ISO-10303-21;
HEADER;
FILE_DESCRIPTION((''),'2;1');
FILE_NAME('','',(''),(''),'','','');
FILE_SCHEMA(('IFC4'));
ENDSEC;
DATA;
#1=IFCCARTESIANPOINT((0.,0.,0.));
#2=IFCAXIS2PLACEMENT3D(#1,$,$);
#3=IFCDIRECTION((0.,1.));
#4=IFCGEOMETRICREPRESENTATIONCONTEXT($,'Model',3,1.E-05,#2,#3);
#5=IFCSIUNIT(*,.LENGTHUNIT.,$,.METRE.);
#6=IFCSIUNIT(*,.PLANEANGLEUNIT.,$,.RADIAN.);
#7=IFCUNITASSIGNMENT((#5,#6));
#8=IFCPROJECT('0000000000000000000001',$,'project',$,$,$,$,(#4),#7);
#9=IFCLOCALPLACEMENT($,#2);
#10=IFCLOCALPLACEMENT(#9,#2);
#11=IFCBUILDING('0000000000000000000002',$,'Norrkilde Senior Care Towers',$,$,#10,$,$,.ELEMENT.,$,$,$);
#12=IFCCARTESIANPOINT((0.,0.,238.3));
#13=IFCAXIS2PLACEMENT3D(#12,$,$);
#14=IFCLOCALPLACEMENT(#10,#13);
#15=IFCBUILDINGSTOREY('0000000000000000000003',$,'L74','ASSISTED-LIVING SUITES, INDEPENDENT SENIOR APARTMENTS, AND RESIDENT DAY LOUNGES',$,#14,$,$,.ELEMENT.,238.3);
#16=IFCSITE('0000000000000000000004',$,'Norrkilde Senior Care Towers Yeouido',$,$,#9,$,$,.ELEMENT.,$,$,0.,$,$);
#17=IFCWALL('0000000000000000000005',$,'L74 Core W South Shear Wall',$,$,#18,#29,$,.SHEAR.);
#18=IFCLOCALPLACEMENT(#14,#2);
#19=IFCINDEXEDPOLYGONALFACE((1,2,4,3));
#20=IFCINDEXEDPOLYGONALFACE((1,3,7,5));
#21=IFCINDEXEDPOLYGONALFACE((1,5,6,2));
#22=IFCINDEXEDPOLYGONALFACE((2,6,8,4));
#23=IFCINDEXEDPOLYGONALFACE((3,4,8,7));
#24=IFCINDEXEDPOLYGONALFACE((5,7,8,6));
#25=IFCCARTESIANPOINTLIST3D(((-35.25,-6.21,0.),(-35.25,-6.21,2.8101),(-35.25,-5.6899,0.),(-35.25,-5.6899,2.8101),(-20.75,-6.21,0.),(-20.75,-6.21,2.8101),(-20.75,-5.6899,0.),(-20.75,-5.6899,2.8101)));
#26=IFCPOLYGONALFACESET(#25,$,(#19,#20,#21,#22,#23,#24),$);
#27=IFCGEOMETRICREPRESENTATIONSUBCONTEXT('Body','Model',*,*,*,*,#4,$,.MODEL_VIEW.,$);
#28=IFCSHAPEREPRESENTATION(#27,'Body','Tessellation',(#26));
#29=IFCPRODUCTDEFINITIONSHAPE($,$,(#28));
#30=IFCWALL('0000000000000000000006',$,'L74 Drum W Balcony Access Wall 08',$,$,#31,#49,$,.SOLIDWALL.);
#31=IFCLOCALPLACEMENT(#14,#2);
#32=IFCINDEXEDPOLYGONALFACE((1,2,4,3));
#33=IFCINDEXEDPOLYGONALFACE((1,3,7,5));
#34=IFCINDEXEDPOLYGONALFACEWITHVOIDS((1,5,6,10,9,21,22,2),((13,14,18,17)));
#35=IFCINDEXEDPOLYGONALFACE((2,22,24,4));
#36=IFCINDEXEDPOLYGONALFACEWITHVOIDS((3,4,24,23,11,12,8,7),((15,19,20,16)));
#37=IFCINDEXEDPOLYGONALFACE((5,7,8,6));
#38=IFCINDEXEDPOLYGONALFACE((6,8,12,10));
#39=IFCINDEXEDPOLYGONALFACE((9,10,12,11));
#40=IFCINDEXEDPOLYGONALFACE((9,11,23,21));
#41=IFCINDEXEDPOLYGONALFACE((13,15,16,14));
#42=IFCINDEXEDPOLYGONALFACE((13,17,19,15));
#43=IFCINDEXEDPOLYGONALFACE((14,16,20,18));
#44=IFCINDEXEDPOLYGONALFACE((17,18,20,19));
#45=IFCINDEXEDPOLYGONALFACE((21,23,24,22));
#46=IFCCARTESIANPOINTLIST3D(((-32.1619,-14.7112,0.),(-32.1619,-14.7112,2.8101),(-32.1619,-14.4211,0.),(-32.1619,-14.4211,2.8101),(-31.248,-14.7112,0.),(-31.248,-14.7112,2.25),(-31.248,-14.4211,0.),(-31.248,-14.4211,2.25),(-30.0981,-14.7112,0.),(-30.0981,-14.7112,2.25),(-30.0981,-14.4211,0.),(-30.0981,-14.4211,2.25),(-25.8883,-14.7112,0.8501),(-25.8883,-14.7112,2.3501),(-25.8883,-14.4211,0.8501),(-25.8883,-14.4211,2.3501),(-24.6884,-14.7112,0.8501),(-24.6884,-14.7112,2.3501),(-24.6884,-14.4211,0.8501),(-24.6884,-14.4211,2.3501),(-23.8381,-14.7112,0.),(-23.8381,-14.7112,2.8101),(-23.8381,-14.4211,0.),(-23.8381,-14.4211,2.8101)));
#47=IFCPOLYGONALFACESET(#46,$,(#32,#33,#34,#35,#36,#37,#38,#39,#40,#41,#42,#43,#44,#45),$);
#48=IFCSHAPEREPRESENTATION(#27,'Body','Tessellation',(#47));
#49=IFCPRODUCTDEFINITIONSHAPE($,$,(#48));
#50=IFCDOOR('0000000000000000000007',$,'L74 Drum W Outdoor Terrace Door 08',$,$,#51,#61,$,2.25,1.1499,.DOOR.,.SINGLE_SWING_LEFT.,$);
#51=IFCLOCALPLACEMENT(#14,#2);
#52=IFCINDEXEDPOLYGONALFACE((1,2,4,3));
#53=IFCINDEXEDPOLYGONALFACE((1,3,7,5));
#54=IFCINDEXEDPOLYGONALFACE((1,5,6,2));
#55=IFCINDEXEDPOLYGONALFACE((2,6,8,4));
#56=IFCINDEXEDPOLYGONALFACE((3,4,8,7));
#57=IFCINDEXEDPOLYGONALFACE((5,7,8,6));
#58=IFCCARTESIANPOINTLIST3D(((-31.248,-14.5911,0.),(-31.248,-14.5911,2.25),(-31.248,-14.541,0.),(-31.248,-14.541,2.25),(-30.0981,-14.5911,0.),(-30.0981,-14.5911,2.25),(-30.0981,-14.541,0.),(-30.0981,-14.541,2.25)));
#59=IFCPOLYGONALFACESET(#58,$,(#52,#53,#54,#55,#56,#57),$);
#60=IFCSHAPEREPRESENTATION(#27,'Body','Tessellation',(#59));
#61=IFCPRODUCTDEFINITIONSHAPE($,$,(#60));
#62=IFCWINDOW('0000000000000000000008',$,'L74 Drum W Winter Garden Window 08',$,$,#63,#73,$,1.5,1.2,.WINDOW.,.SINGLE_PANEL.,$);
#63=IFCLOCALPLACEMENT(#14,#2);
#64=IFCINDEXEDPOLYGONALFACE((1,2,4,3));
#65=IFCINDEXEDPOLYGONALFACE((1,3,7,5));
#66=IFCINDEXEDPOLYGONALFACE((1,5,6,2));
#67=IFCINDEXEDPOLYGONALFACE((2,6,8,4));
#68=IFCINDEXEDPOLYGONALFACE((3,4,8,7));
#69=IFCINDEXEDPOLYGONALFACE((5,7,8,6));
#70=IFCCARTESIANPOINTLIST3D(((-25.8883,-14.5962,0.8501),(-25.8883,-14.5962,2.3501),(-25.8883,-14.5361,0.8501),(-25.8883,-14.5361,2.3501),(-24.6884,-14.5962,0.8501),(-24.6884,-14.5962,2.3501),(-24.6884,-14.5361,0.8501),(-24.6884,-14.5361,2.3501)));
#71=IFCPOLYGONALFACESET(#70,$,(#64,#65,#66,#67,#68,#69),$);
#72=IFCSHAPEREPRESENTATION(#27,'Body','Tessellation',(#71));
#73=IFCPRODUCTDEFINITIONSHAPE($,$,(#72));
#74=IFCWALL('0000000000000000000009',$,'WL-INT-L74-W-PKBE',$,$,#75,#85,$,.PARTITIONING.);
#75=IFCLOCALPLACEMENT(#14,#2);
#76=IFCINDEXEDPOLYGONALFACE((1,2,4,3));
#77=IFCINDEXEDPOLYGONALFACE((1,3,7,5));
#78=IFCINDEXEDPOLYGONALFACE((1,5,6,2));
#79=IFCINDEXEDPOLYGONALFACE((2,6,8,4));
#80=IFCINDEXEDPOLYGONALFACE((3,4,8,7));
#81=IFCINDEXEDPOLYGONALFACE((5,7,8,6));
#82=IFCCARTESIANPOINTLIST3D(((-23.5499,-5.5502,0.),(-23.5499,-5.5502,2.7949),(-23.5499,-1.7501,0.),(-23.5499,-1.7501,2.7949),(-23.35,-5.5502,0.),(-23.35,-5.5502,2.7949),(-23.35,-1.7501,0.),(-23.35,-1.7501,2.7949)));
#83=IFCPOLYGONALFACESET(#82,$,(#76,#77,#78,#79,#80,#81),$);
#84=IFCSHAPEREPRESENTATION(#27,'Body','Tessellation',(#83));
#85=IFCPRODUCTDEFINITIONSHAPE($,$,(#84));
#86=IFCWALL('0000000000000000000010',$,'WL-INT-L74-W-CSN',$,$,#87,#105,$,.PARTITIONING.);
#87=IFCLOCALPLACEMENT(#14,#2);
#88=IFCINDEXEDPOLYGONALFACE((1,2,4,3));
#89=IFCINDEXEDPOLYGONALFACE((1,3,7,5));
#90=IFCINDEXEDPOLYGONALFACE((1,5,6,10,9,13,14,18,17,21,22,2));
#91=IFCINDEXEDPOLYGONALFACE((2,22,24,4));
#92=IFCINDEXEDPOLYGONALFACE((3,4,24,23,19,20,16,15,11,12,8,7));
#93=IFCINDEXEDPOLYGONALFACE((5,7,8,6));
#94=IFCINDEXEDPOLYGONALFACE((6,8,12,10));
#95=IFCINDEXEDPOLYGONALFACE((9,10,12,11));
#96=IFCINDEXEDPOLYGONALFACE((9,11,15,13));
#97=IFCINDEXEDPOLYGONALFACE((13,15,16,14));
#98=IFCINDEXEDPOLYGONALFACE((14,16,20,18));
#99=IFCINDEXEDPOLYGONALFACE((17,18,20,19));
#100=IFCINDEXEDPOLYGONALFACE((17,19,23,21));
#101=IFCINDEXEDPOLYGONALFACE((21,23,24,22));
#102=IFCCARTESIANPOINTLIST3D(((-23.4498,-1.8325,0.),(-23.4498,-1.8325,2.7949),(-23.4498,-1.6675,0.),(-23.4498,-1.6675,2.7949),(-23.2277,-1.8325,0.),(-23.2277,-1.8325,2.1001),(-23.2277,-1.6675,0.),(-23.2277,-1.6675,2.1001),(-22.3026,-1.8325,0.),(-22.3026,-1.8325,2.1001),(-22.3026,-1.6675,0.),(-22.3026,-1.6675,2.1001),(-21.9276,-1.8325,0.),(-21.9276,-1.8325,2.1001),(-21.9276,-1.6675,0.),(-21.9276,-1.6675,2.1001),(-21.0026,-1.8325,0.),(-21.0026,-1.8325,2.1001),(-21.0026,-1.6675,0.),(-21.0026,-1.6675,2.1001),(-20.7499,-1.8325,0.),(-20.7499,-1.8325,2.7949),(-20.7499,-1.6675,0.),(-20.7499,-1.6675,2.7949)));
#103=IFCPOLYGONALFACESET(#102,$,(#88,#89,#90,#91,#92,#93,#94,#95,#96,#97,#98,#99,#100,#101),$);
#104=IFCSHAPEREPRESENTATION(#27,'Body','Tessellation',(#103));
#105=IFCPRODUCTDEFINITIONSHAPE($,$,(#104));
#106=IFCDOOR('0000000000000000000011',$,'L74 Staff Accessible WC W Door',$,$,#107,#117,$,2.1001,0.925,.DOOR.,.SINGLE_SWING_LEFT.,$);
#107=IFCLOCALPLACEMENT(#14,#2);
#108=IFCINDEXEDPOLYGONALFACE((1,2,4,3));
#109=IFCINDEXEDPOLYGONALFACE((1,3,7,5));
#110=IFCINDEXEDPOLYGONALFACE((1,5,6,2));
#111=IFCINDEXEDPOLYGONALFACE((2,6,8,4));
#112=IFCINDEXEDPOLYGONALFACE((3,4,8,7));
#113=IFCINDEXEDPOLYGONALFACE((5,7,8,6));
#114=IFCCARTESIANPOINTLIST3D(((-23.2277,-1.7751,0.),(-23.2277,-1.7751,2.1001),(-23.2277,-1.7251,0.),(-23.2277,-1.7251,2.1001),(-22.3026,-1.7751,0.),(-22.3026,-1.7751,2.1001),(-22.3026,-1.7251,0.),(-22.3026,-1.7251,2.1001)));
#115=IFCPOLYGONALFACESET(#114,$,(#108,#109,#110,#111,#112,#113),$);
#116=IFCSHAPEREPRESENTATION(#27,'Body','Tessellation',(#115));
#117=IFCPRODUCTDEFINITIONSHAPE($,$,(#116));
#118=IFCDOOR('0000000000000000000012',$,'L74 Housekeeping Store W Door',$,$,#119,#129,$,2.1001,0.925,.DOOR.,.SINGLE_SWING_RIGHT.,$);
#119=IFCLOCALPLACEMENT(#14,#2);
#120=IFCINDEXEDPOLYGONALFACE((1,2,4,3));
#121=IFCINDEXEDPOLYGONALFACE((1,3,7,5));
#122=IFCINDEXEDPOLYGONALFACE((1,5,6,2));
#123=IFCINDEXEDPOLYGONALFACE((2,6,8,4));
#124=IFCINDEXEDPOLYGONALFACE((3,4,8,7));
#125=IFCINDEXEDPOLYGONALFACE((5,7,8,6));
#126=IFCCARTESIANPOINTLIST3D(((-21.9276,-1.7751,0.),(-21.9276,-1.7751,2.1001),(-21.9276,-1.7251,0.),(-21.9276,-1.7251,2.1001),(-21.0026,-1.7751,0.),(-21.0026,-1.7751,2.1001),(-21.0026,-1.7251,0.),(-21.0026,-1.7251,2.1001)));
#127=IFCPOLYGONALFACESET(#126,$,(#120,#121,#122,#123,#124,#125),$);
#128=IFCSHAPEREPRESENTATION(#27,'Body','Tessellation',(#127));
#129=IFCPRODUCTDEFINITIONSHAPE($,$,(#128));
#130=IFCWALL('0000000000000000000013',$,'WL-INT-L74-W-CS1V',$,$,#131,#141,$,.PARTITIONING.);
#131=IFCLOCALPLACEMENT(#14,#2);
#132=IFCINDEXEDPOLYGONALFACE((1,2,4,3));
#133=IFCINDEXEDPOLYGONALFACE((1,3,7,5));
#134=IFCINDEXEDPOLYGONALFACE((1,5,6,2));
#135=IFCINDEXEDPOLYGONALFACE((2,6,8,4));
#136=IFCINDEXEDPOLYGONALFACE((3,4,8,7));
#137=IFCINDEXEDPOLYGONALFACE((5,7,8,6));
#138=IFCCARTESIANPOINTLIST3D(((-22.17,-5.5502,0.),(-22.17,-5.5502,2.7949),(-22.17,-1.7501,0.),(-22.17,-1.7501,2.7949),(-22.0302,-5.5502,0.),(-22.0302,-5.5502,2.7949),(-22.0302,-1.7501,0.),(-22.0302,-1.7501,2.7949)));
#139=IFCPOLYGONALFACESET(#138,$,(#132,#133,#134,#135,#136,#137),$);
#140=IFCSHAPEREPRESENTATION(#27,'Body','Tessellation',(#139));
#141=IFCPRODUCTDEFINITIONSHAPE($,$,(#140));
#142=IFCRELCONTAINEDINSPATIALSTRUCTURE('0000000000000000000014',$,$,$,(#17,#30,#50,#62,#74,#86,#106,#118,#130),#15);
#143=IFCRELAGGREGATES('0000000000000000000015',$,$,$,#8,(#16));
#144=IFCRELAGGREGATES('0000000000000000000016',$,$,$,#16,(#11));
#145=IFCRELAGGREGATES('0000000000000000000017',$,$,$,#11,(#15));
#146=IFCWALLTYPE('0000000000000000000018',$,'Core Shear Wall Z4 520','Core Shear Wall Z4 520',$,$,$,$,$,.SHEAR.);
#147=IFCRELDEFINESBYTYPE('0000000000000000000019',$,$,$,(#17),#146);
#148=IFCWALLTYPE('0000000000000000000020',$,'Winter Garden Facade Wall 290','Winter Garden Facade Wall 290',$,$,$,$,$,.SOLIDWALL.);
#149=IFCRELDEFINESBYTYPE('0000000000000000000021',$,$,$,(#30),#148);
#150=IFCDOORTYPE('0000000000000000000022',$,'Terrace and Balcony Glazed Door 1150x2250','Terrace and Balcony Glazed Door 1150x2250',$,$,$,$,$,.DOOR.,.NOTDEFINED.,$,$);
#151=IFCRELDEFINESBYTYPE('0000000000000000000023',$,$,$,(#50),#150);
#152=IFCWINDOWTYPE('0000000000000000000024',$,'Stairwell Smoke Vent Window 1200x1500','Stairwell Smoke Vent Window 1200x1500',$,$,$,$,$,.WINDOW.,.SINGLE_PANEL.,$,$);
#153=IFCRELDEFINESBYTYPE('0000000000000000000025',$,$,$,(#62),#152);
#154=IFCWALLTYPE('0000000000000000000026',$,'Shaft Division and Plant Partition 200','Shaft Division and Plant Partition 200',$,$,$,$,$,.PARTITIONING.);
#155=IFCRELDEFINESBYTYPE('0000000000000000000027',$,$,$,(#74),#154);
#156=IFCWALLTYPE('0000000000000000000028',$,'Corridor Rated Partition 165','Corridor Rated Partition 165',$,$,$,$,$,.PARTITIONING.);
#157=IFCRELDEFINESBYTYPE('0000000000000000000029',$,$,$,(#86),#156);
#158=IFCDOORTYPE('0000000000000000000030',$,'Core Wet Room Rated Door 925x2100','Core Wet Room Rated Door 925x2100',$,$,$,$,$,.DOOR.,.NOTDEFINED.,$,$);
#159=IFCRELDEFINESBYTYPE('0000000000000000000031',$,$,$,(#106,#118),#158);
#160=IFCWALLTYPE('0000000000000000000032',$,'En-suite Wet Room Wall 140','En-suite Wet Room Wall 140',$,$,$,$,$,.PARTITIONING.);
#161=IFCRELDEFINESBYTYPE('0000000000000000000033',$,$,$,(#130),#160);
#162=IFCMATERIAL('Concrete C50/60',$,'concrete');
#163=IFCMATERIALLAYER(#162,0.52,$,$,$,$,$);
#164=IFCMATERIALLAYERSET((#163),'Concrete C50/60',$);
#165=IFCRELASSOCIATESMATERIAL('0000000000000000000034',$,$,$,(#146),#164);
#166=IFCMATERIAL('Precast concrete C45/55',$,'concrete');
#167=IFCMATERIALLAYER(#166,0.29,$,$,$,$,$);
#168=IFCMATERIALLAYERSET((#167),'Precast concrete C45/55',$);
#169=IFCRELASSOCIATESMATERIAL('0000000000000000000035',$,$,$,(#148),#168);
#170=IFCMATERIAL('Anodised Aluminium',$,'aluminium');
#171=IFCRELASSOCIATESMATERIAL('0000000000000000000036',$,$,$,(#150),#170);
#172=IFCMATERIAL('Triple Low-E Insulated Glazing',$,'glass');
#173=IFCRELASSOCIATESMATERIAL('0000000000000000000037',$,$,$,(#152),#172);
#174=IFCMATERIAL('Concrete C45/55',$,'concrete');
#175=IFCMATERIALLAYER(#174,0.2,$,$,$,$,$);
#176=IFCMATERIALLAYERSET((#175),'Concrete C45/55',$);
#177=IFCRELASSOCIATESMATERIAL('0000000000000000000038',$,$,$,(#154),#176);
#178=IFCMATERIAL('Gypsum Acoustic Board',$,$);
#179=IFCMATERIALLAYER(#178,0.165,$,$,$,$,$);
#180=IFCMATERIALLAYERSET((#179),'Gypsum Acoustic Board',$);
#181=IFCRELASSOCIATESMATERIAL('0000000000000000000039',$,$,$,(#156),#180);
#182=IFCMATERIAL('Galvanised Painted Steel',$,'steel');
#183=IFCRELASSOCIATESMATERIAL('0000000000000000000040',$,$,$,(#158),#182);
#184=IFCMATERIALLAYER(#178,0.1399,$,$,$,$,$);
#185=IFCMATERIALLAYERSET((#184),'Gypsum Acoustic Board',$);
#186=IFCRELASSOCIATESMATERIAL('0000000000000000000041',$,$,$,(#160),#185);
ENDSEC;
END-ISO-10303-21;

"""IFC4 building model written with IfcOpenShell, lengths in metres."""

from ifc_helpers import new_model, si_unit, direction, frame, frame_2d, origin, place, context, subcontext, project, spatial, rectangle, extrude, source, transform, mapped, material, layer, layer_set, type_object, type_shapes, element, fill, save


model = new_model("IFC4")

# Units and contexts
model_context = context("Model", 3, precision=1e-05, world=origin(), true_north=direction((0.0, 1.0)))
body_context = subcontext(model_context, "Body", "Model", "MODEL_VIEW")
ifc_project = project(units=[si_unit("LENGTHUNIT", "METRE"), si_unit("PLANEANGLEUNIT", "RADIAN")], contexts=[model_context])

# Site, building, storey
site_placement = place(None, origin())
site = spatial("IfcSite", under=ifc_project, at=site_placement, Name="Norrkilde Senior Care Towers Yeouido", CompositionType="ELEMENT", RefElevation=0.0)
building_placement = place(site_placement, origin())
building = spatial("IfcBuilding", under=site, at=building_placement, Name="Norrkilde Senior Care Towers", CompositionType="ELEMENT")
storey_placement = place(building_placement, frame((0.0, 0.0, 238.3)))
storey = spatial("IfcBuildingStorey", under=building, at=storey_placement, Name="L74", Description="ASSISTED-LIVING SUITES, INDEPENDENT SENIOR APARTMENTS, AND RESIDENT DAY LOUNGES", CompositionType="ELEMENT", Elevation=238.3)

# Shared definitions
ifc_material_1 = material(Name="Concrete C50/60", Category="concrete")

# Shared definitions
ifc_material_2 = material(Name="Triple Low-E Insulated Glazing", Category="glass")
ifc_material_3 = material(Name="Anodised Aluminium", Category="aluminium")

# Wall
ifc_layer_1 = layer(ifc_material_1, 0.52)
ifc_layer_set_1 = layer_set([ifc_layer_1], Name="Concrete C50/60")
wall_type_1 = type_object("IfcWallType", Name="Core Shear Wall Z4 520", Description="Core Shear Wall Z4 520", PredefinedType="SHEAR", material=ifc_layer_set_1)
shared_shape_1 = source(origin(), body_context, "Body", "SweptSolid", [
    extrude(rectangle(XDim=14.5, YDim=0.52, at=frame_2d((7.25, 0.0))), origin(), (0.0, 0.0, 1.0), 2.8101),
])
type_shapes(wall_type_1, [shared_shape_1])
wall_1_placement = place(storey_placement, frame((-20.75, -5.95, 0.0), z_axis=(0.0, 0.0, 1.0), x_axis=(-1.0, 0.0, 0.0)))
element("IfcWall", 1, at=wall_1_placement, inside=storey, type_object=wall_type_1, Name="L74 Core W South Shear Wall", PredefinedType="SHEAR", context=body_context, shape_type="MappedRepresentation", body=[
    mapped(shared_shape_1, transform((0.0, 0.0, 0.0), x_axis=(1.0, 0.0, 0.0), y_axis=(0.0, 1.0, 0.0), z_axis=(0.0, 0.0, 1.0), scale=1.0)),
])

# Wall, openings, door, window
ifc_material_4 = material(Name="Precast concrete C45/55", Category="concrete")
ifc_layer_2 = layer(ifc_material_4, 0.29)
ifc_layer_set_2 = layer_set([ifc_layer_2], Name="Precast concrete C45/55")
wall_type_2 = type_object("IfcWallType", Name="Winter Garden Facade Wall 290", Description="Winter Garden Facade Wall 290", PredefinedType="SOLIDWALL", material=ifc_layer_set_2)
shared_shape_2 = source(origin(), body_context, "Body", "SweptSolid", [
    extrude(rectangle(XDim=8.3237, YDim=0.29, at=frame_2d((4.1619, 0.0))), origin(), (0.0, 0.0, 1.0), 2.8101),
])
type_shapes(wall_type_2, [shared_shape_2])
wall_2_placement = place(storey_placement, frame((-23.8381, -14.5662, 0.0), z_axis=(0.0, 0.0, 1.0), x_axis=(-1.0, 0.0, 0.0)))
wall_2 = element("IfcWall", 2, at=wall_2_placement, inside=storey, type_object=wall_type_2, Name="L74 Drum W Balcony Access Wall 08", PredefinedType="SOLIDWALL", context=body_context, shape_type="MappedRepresentation", body=[
    mapped(shared_shape_2, transform((0.0, 0.0, 0.0), x_axis=(1.0, 0.0, 0.0), y_axis=(0.0, 1.0, 0.0), z_axis=(0.0, 0.0, 1.0), scale=1.0)),
])
opening_1_placement = place(wall_2_placement, frame((6.26, 0.0, 0.0)))
opening_1 = element("IfcOpeningElement", 3, at=opening_1_placement, cuts=wall_2, PredefinedType="OPENING", context=body_context, shape_type="SweptSolid", body=[
    extrude(rectangle(XDim=1.1499, YDim=2.25, at=frame_2d((0.575, 1.125))), frame((0.0, 0.155, 0.0), z_axis=(0.0, -1.0, 0.0), x_axis=(1.0, 0.0, 0.0)), (0.0, 0.0, 1.0), 0.3101),
])
opening_2_placement = place(wall_2_placement, frame((0.8501, 0.0, 0.8501)))
opening_2 = element("IfcOpeningElement", 4, at=opening_2_placement, cuts=wall_2, PredefinedType="OPENING", context=body_context, shape_type="SweptSolid", body=[
    extrude(rectangle(XDim=1.2, YDim=1.5, at=frame_2d((0.6001, 0.75))), frame((0.0, 0.155, 0.0), z_axis=(0.0, -1.0, 0.0), x_axis=(1.0, 0.0, 0.0)), (0.0, 0.0, 1.0), 0.3101),
])
door_type_1 = type_object("IfcDoorType", Name="Terrace and Balcony Glazed Door 1150x2250", Description="Terrace and Balcony Glazed Door 1150x2250", OperationType="NOTDEFINED", PredefinedType="DOOR", material=ifc_material_3)
shared_shape_3 = source(origin(), body_context, "Body", "SweptSolid", [
    extrude(rectangle(XDim=1.1499, YDim=2.25, at=frame_2d((0.575, 1.125))), frame((0.0, 0.0249, 0.0), z_axis=(0.0, -1.0, 0.0), x_axis=(1.0, 0.0, 0.0)), (0.0, 0.0, 1.0), 0.05),
])
type_shapes(door_type_1, [shared_shape_3])
door_1_placement = place(opening_1_placement, origin())
door_1 = element("IfcDoor", 5, at=door_1_placement, inside=storey, type_object=door_type_1, Name="L74 Drum W Outdoor Terrace Door 08", OperationType="SINGLE_SWING_LEFT", OverallHeight=2.25, OverallWidth=1.1499, PredefinedType="DOOR", context=body_context, shape_type="MappedRepresentation", body=[
    mapped(shared_shape_3, transform((0.0, 0.0, 0.0), x_axis=(1.0, 0.0, 0.0), y_axis=(0.0, 1.0, 0.0), z_axis=(0.0, 0.0, 1.0), scale=1.0)),
])
fill(opening_1, door_1)
window_type = type_object("IfcWindowType", Name="Stairwell Smoke Vent Window 1200x1500", Description="Stairwell Smoke Vent Window 1200x1500", PartitioningType="SINGLE_PANEL", PredefinedType="WINDOW", material=ifc_material_2)
shared_shape_4 = source(origin(), body_context, "Body", "SweptSolid", [
    extrude(rectangle(XDim=1.2, YDim=1.5, at=frame_2d((0.6001, 0.75))), frame((0.0, 0.03, 0.0), z_axis=(0.0, -1.0, 0.0), x_axis=(1.0, 0.0, 0.0)), (0.0, 0.0, 1.0), 0.0601),
])
type_shapes(window_type, [shared_shape_4])
window_placement = place(opening_2_placement, origin())
window = element("IfcWindow", 6, at=window_placement, inside=storey, type_object=window_type, Name="L74 Drum W Winter Garden Window 08", OverallHeight=1.5, OverallWidth=1.2, PartitioningType="SINGLE_PANEL", PredefinedType="WINDOW", context=body_context, shape_type="MappedRepresentation", body=[
    mapped(shared_shape_4, transform((0.0, 0.0, 0.0), x_axis=(1.0, 0.0, 0.0), y_axis=(0.0, 1.0, 0.0), z_axis=(0.0, 0.0, 1.0), scale=1.0)),
])
fill(opening_2, window)

# Wall
ifc_material_5 = material(Name="Concrete C45/55", Category="concrete")
ifc_layer_3 = layer(ifc_material_5, 0.2)
ifc_layer_set_3 = layer_set([ifc_layer_3], Name="Concrete C45/55")
wall_type_3 = type_object("IfcWallType", Name="Shaft Division and Plant Partition 200", Description="Shaft Division and Plant Partition 200", PredefinedType="PARTITIONING", material=ifc_layer_set_3)
shared_shape_5 = source(origin(), body_context, "Body", "SweptSolid", [
    extrude(rectangle(XDim=3.8, YDim=0.2, at=frame_2d((1.8999, 0.0))), origin(), (0.0, 0.0, 1.0), 2.7949),
])
type_shapes(wall_type_3, [shared_shape_5])
wall_3_placement = place(storey_placement, frame((-23.45, -5.55, 0.0), z_axis=(0.0, 0.0, 1.0), x_axis=(0.0, 1.0, 0.0)))
element("IfcWall", 7, at=wall_3_placement, inside=storey, type_object=wall_type_3, Name="WL-INT-L74-W-PKBE", PredefinedType="PARTITIONING", context=body_context, shape_type="MappedRepresentation", body=[
    mapped(shared_shape_5, transform((0.0, 0.0, 0.0), x_axis=(1.0, 0.0, 0.0), y_axis=(0.0, 1.0, 0.0), z_axis=(0.0, 0.0, 1.0), scale=1.0)),
])

# Wall, openings, doors
ifc_material_6 = material(Name="Gypsum Acoustic Board")
ifc_layer_4 = layer(ifc_material_6, 0.165)
ifc_layer_set_4 = layer_set([ifc_layer_4], Name="Gypsum Acoustic Board")
wall_type_4 = type_object("IfcWallType", Name="Corridor Rated Partition 165", Description="Corridor Rated Partition 165", PredefinedType="PARTITIONING", material=ifc_layer_set_4)
shared_shape_6 = source(origin(), body_context, "Body", "SweptSolid", [
    extrude(rectangle(XDim=2.7, YDim=0.165, at=frame_2d((1.3501, 0.0))), origin(), (0.0, 0.0, 1.0), 2.7949),
])
wall_4_placement = place(storey_placement, frame((-23.45, -1.75, 0.0), z_axis=(0.0, 0.0, 1.0), x_axis=(1.0, 0.0, 0.0)))
wall_4 = element("IfcWall", 8, at=wall_4_placement, inside=storey, type_object=wall_type_4, Name="WL-INT-L74-W-CSN", PredefinedType="PARTITIONING", context=body_context, shape_type="MappedRepresentation", body=[
    mapped(shared_shape_6, transform((0.0, 0.0, 0.0), x_axis=(1.0, 0.0, 0.0), y_axis=(0.0, 1.0, 0.0), z_axis=(0.0, 0.0, 1.0), scale=1.0)),
])
opening_3_placement = place(wall_4_placement, frame((0.2224, 0.0, 0.0)))
opening_3 = element("IfcOpeningElement", 9, at=opening_3_placement, cuts=wall_4, PredefinedType="OPENING", context=body_context, shape_type="SweptSolid", body=[
    extrude(rectangle(XDim=0.925, YDim=2.1001, at=frame_2d((0.4624, 1.05))), frame((0.0, 0.0925, 0.0), z_axis=(0.0, -1.0, 0.0), x_axis=(1.0, 0.0, 0.0)), (0.0, 0.0, 1.0), 0.1851),
])
opening_4_placement = place(wall_4_placement, frame((1.5225, 0.0, 0.0)))
opening_4 = element("IfcOpeningElement", 10, at=opening_4_placement, cuts=wall_4, PredefinedType="OPENING", context=body_context, shape_type="SweptSolid", body=[
    extrude(rectangle(XDim=0.925, YDim=2.1001, at=frame_2d((0.4624, 1.05))), frame((0.0, 0.0925, 0.0), z_axis=(0.0, -1.0, 0.0), x_axis=(1.0, 0.0, 0.0)), (0.0, 0.0, 1.0), 0.1851),
])
ifc_material_7 = material(Name="Galvanised Painted Steel", Category="steel")
door_type_2 = type_object("IfcDoorType", Name="Core Wet Room Rated Door 925x2100", Description="Core Wet Room Rated Door 925x2100", OperationType="NOTDEFINED", PredefinedType="DOOR", material=ifc_material_7)
shared_shape_7 = source(origin(), body_context, "Body", "SweptSolid", [
    extrude(rectangle(XDim=0.925, YDim=2.1001, at=frame_2d((0.4624, 1.05))), frame((0.0, 0.0249, 0.0), z_axis=(0.0, -1.0, 0.0), x_axis=(1.0, 0.0, 0.0)), (0.0, 0.0, 1.0), 0.05),
])
type_shapes(door_type_2, [shared_shape_7])
door_2_placement = place(opening_3_placement, origin())
door_2 = element("IfcDoor", 11, at=door_2_placement, inside=storey, type_object=door_type_2, Name="L74 Staff Accessible WC W Door", OperationType="SINGLE_SWING_LEFT", OverallHeight=2.1001, OverallWidth=0.925, PredefinedType="DOOR", context=body_context, shape_type="MappedRepresentation", body=[
    mapped(shared_shape_7, transform((0.0, 0.0, 0.0), x_axis=(1.0, 0.0, 0.0), y_axis=(0.0, 1.0, 0.0), z_axis=(0.0, 0.0, 1.0), scale=1.0)),
])
fill(opening_3, door_2)
door_3_placement = place(opening_4_placement, origin())
door_3 = element("IfcDoor", 12, at=door_3_placement, inside=storey, type_object=door_type_2, Name="L74 Housekeeping Store W Door", OperationType="SINGLE_SWING_RIGHT", OverallHeight=2.1001, OverallWidth=0.925, PredefinedType="DOOR", context=body_context, shape_type="MappedRepresentation", body=[
    mapped(shared_shape_7, transform((0.0, 0.0, 0.0), x_axis=(1.0, 0.0, 0.0), y_axis=(0.0, 1.0, 0.0), z_axis=(0.0, 0.0, 1.0), scale=1.0)),
])
fill(opening_4, door_3)

# Wall
ifc_layer_5 = layer(ifc_material_6, 0.1399)
ifc_layer_set_5 = layer_set([ifc_layer_5], Name="Gypsum Acoustic Board")
wall_type_5 = type_object("IfcWallType", Name="En-suite Wet Room Wall 140", Description="En-suite Wet Room Wall 140", PredefinedType="PARTITIONING", material=ifc_layer_set_5)
shared_shape_8 = source(origin(), body_context, "Body", "SweptSolid", [
    extrude(rectangle(XDim=3.8, YDim=0.1399, at=frame_2d((1.8999, 0.0))), origin(), (0.0, 0.0, 1.0), 2.7949),
])
type_shapes(wall_type_5, [shared_shape_8])
wall_5_placement = place(storey_placement, frame((-22.1001, -5.55, 0.0), z_axis=(0.0, 0.0, 1.0), x_axis=(0.0, 1.0, 0.0)))
element("IfcWall", 13, at=wall_5_placement, inside=storey, type_object=wall_type_5, Name="WL-INT-L74-W-CS1V", PredefinedType="PARTITIONING", context=body_context, shape_type="MappedRepresentation", body=[
    mapped(shared_shape_8, transform((0.0, 0.0, 0.0), x_axis=(1.0, 0.0, 0.0), y_axis=(0.0, 1.0, 0.0), z_axis=(0.0, 0.0, 1.0), scale=1.0)),
])

save(model, "model.ifc")
